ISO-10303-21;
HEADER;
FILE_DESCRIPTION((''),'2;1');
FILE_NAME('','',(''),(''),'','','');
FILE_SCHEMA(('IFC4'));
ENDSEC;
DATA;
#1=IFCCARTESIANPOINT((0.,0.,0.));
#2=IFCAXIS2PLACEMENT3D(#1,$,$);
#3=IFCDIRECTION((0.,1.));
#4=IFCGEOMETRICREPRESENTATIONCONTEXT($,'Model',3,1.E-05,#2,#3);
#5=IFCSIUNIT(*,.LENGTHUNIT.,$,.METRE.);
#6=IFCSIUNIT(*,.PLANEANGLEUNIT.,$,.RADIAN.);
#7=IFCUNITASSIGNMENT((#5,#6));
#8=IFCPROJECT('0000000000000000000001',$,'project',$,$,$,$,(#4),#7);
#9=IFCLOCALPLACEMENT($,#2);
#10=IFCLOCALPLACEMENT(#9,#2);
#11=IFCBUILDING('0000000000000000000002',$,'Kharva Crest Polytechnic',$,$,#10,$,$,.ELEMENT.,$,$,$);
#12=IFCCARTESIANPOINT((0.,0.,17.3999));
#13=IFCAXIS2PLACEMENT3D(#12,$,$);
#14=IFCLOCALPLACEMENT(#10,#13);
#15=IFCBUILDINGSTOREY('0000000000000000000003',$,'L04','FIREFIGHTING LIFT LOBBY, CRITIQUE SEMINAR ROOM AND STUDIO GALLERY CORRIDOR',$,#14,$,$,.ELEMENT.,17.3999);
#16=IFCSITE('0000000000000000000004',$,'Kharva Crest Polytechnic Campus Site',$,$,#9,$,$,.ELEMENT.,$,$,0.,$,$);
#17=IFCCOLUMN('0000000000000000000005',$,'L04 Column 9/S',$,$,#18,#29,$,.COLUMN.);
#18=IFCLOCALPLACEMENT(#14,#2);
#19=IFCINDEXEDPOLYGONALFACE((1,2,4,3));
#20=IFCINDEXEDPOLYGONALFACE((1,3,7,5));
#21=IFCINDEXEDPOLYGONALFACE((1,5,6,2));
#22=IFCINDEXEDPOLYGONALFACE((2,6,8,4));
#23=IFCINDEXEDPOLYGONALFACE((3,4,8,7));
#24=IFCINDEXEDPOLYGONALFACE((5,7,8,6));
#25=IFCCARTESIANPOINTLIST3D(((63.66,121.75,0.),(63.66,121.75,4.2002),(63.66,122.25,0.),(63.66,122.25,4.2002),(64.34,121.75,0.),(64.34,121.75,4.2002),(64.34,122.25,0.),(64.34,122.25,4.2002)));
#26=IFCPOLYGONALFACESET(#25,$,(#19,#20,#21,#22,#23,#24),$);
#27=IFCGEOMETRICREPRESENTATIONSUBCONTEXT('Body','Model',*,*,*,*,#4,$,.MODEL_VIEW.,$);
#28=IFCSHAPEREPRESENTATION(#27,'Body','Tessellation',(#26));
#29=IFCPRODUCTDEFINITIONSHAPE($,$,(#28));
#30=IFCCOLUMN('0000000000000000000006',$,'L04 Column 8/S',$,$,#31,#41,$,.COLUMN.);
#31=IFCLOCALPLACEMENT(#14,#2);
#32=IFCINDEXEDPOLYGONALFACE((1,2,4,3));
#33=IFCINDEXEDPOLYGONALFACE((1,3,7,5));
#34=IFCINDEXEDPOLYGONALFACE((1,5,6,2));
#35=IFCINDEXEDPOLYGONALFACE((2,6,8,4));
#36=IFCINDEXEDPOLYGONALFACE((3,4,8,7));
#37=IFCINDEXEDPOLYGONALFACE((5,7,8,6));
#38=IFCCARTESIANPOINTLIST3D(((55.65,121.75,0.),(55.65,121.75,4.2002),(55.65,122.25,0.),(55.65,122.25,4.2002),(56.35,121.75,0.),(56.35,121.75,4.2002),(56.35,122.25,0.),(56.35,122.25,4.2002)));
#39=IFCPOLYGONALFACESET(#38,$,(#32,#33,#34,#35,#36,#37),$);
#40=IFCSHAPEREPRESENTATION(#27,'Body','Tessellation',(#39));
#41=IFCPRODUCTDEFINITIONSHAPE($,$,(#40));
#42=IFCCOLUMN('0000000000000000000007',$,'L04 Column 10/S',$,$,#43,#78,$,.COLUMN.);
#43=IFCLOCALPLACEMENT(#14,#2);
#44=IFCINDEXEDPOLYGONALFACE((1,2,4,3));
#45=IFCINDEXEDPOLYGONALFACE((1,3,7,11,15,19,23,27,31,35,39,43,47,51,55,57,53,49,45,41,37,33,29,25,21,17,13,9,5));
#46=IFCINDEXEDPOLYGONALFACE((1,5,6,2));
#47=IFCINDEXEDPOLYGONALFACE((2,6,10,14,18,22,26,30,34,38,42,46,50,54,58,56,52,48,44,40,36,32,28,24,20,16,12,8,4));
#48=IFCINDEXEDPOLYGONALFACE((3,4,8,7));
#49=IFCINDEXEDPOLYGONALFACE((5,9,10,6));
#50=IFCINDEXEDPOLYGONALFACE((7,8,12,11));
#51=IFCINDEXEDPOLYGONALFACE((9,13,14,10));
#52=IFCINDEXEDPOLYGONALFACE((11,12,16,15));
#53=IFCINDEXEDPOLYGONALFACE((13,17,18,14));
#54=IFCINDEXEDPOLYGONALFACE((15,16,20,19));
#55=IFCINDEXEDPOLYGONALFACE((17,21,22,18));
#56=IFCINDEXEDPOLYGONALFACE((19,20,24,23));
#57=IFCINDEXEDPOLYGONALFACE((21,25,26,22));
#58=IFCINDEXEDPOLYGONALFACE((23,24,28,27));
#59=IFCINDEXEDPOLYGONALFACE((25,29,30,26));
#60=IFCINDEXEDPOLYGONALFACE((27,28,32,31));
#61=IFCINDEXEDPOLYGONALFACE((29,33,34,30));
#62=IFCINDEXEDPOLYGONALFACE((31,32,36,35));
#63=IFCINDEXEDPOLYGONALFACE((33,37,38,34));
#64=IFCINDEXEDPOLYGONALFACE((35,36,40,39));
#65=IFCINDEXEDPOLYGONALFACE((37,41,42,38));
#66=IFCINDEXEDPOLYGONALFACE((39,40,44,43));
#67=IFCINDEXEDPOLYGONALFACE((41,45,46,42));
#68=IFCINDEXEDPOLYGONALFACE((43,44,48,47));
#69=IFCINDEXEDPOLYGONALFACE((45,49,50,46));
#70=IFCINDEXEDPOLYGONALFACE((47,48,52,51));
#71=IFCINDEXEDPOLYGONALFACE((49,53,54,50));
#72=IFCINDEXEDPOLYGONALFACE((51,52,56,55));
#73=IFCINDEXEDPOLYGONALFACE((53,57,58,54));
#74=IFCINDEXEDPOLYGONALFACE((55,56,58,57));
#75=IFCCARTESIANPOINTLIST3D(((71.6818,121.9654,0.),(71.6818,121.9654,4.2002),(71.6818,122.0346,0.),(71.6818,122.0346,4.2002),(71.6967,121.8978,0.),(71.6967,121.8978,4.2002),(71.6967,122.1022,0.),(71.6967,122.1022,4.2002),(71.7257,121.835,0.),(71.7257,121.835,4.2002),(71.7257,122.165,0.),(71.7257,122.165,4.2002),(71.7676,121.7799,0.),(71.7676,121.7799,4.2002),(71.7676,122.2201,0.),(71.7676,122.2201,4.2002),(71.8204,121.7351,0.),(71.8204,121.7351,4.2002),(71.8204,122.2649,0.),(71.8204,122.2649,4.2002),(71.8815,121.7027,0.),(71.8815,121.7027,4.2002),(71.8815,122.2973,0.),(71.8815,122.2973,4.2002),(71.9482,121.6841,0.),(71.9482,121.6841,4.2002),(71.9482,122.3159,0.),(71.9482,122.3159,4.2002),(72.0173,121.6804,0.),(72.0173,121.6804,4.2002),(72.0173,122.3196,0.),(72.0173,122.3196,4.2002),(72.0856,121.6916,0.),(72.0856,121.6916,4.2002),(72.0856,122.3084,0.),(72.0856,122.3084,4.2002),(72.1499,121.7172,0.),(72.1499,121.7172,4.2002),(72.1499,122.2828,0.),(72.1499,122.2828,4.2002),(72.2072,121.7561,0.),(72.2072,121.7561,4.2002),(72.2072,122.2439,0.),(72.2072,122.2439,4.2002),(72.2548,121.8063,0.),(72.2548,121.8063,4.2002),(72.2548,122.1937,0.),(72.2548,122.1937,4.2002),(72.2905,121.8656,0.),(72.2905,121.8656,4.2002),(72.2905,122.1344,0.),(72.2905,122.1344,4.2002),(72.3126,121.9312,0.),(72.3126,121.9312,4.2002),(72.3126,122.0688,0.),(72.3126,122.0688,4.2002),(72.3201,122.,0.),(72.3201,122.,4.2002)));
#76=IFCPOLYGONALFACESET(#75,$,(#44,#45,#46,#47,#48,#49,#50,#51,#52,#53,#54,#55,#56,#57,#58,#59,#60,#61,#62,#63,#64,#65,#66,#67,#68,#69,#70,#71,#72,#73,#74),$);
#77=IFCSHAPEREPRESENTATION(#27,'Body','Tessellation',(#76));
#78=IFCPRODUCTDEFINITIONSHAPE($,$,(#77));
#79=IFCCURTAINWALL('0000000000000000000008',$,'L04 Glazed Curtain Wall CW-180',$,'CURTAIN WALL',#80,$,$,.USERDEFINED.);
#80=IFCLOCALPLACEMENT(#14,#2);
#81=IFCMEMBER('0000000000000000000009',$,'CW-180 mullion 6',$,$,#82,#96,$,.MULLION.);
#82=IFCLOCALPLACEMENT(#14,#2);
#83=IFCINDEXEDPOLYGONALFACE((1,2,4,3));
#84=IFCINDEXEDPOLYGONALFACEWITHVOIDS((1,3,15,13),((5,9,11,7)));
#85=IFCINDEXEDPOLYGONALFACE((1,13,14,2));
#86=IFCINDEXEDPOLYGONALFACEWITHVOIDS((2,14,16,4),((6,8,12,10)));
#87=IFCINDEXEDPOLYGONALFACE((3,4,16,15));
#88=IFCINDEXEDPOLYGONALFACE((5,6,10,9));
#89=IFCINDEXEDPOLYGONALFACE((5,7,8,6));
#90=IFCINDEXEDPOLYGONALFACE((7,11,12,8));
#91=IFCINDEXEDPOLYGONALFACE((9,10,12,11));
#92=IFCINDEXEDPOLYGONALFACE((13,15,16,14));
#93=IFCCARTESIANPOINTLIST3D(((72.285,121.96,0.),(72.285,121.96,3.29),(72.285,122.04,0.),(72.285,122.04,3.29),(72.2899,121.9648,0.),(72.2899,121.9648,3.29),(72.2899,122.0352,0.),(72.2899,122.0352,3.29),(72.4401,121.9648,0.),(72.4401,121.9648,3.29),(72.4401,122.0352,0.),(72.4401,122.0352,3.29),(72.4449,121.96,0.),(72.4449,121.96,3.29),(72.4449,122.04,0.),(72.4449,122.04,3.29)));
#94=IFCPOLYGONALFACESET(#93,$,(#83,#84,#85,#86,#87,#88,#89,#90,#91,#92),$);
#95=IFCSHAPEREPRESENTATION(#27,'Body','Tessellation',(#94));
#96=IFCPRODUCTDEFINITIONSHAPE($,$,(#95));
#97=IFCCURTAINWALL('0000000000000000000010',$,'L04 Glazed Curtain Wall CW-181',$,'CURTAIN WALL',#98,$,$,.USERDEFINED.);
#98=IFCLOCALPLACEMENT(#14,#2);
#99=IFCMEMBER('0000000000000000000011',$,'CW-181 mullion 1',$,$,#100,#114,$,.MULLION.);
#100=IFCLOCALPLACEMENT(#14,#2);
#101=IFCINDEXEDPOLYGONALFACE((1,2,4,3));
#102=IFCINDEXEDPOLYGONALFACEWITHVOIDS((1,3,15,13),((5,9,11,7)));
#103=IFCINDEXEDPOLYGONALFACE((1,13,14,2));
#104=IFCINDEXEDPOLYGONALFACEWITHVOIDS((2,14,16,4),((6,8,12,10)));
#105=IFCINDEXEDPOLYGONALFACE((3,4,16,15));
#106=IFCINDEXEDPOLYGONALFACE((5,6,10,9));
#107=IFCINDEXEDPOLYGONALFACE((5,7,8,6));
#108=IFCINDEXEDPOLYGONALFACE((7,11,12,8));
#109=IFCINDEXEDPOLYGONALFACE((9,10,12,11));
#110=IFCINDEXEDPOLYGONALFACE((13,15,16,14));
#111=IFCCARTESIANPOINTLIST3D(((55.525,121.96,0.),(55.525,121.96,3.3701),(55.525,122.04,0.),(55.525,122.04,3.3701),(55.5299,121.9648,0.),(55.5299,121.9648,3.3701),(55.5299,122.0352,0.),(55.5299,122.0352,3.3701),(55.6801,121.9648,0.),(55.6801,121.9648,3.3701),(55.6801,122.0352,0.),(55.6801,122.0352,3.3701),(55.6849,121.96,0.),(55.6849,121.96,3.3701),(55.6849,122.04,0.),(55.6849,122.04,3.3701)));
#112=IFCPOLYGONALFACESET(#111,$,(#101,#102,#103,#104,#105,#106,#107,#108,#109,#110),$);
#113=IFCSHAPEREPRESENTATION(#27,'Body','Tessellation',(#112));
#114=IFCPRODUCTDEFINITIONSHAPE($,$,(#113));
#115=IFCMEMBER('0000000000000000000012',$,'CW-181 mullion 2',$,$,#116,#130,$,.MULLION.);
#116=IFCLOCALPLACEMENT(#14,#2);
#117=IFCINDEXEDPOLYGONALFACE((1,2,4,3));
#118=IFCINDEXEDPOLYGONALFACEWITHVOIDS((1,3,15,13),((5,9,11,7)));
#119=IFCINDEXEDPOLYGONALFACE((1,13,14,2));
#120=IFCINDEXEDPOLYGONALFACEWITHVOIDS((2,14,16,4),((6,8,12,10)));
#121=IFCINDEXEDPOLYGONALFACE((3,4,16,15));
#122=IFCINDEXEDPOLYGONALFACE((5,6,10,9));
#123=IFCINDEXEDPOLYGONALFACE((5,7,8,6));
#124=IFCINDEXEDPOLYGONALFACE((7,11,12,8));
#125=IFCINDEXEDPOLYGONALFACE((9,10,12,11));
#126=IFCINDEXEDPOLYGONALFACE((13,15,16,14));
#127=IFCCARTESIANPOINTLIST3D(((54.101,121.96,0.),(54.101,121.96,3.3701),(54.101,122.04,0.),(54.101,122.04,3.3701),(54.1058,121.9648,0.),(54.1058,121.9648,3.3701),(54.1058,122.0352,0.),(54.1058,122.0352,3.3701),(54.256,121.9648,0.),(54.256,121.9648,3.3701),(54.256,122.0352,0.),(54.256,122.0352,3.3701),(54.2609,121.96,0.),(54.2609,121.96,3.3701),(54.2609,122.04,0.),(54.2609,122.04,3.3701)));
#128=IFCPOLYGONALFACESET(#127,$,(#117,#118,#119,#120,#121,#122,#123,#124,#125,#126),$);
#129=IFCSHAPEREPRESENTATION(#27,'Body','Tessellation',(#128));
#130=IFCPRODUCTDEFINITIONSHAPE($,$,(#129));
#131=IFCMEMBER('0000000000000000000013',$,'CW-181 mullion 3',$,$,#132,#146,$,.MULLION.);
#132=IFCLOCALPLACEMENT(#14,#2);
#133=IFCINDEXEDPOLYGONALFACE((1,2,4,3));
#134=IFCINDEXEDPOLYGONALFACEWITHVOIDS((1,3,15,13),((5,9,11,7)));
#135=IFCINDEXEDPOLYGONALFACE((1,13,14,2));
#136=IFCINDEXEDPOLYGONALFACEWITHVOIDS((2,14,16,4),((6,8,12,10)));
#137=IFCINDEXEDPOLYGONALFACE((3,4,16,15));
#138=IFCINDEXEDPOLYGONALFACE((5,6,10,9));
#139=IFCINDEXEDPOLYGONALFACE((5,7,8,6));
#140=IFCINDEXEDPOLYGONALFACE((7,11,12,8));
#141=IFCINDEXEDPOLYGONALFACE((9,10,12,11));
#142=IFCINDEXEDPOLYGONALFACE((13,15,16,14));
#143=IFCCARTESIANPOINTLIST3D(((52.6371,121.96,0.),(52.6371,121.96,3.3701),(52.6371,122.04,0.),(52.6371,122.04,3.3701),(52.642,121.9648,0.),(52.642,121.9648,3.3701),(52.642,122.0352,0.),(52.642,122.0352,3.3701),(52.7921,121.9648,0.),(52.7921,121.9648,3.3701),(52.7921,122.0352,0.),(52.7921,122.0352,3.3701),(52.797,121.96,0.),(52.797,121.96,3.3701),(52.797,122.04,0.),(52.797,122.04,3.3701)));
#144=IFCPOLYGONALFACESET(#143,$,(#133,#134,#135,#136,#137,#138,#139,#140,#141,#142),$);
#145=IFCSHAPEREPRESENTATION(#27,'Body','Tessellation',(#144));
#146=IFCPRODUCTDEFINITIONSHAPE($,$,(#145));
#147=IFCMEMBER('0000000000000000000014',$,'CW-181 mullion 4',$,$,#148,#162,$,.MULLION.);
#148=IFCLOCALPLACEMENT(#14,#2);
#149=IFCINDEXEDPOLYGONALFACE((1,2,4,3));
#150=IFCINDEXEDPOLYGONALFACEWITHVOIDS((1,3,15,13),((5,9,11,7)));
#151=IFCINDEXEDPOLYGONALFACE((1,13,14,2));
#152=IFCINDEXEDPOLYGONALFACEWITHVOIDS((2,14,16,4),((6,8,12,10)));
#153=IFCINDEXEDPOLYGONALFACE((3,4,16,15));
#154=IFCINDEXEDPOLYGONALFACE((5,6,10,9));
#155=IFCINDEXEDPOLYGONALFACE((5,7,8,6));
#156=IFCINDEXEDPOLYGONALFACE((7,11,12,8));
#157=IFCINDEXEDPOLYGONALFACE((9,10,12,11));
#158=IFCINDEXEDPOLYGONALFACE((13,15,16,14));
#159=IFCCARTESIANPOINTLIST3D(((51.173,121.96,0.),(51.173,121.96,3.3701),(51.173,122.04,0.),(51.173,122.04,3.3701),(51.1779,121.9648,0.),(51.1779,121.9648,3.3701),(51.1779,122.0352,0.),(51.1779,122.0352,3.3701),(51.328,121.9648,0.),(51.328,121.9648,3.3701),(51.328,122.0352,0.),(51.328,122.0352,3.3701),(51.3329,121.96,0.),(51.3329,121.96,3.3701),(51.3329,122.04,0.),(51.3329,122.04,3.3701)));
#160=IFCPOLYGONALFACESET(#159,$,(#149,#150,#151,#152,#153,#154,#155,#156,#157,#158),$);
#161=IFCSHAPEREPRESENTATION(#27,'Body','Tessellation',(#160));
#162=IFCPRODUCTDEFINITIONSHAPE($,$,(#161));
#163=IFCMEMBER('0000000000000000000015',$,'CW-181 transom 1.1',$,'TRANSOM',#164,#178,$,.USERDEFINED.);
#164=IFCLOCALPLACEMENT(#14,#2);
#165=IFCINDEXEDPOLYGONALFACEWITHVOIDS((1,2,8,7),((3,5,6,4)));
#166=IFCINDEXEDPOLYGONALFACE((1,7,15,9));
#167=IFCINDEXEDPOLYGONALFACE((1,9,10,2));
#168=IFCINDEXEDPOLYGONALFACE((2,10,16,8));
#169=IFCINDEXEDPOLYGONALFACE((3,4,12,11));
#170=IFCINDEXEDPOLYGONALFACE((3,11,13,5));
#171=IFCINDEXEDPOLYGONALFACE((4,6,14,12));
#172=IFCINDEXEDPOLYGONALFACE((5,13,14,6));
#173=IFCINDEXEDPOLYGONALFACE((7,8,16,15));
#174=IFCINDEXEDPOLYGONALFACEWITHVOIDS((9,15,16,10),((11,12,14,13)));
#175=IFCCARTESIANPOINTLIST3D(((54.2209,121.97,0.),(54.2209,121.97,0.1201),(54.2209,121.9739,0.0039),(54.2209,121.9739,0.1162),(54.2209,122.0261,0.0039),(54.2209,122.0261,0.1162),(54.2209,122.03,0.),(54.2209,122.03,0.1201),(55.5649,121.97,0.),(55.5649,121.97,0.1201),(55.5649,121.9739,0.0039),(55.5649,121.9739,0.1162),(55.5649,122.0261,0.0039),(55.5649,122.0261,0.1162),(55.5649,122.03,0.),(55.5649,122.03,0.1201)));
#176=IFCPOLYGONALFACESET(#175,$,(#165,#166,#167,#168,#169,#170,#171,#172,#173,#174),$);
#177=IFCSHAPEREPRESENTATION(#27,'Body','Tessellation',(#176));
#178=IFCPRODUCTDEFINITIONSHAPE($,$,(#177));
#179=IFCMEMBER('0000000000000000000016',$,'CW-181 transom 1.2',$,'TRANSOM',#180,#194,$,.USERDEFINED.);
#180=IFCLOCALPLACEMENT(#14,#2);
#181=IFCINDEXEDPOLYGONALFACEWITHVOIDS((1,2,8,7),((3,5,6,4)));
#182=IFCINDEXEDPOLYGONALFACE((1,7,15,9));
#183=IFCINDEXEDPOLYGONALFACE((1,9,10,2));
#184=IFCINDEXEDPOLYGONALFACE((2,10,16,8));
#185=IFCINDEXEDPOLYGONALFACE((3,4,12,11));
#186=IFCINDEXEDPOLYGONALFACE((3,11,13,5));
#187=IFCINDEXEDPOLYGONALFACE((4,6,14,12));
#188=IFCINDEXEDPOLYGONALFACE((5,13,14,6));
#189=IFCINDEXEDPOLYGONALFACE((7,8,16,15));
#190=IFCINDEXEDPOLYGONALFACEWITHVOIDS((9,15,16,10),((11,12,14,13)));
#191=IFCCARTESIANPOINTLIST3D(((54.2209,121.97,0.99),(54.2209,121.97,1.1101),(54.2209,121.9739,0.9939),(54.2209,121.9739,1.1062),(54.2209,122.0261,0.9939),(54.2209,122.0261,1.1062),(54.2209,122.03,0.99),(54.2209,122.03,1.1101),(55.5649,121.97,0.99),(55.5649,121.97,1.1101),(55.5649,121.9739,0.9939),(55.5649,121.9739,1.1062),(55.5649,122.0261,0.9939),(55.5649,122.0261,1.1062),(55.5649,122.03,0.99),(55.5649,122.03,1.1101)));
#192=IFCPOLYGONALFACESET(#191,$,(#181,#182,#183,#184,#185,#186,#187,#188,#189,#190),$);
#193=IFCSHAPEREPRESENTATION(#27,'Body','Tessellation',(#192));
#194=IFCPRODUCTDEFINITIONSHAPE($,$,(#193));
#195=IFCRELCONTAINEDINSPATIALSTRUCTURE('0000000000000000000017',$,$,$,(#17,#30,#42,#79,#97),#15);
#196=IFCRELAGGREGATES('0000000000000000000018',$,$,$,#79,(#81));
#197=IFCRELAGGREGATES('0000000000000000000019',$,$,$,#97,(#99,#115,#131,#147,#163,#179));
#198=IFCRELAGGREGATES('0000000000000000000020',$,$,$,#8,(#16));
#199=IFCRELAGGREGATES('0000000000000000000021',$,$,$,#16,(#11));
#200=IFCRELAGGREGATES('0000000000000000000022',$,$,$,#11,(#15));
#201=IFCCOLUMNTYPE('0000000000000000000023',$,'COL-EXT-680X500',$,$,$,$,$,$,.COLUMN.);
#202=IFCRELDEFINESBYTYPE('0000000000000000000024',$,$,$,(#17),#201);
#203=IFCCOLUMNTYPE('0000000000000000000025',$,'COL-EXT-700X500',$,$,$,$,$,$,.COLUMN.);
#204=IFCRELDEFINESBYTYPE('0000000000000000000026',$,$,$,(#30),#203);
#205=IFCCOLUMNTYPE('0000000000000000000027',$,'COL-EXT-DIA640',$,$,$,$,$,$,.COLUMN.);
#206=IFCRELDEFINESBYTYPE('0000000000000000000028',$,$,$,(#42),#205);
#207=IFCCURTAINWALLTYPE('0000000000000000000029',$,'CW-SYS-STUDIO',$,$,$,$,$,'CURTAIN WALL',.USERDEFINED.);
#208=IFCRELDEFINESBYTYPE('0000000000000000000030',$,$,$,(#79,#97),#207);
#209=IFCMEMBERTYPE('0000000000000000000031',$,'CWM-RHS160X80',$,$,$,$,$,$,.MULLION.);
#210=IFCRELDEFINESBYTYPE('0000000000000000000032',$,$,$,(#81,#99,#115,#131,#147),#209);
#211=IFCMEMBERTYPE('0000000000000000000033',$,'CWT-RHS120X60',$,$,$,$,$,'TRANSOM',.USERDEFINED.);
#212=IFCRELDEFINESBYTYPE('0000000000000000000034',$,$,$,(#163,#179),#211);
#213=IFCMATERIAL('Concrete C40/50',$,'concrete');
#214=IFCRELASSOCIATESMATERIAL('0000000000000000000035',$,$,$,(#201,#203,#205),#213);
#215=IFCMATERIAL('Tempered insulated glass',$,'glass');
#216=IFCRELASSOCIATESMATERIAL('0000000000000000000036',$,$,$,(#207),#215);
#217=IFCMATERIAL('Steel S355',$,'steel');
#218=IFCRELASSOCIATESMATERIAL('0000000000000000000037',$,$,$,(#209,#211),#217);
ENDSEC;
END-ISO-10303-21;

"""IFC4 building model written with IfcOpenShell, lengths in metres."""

from ifc_helpers import new_model, si_unit, direction, frame, origin, origin_2d, place, context, subcontext, project, spatial, rectangle, hollow_rectangle, circle, extrude, material, material_profile, profile_set, type_object, element, aggregate, save


model = new_model("IFC4")

# Units and contexts
model_context = context("Model", 3, precision=1e-05, world=origin(), true_north=direction((0.0, 1.0)))
body_context = subcontext(model_context, "Body", "Model", "MODEL_VIEW")
ifc_project = project(units=[si_unit("LENGTHUNIT", "METRE"), si_unit("PLANEANGLEUNIT", "RADIAN")], contexts=[model_context])

# Site, building, storey
site_placement = place(None, origin())
site = spatial("IfcSite", under=ifc_project, at=site_placement, Name="Kharva Crest Polytechnic Campus Site", CompositionType="ELEMENT", RefElevation=0.0)
building_placement = place(site_placement, origin())
building = spatial("IfcBuilding", under=site, at=building_placement, Name="Kharva Crest Polytechnic", CompositionType="ELEMENT")
storey_placement = place(building_placement, frame((0.0, 0.0, 17.3999)))
storey = spatial("IfcBuildingStorey", under=building, at=storey_placement, Name="L04", Description="FIREFIGHTING LIFT LOBBY, CRITIQUE SEMINAR ROOM AND STUDIO GALLERY CORRIDOR", CompositionType="ELEMENT", Elevation=17.3999)

# Columns
ifc_material_1 = material(Name="Concrete C40/50", Category="concrete")
ifc_material_profile_1 = material_profile(ifc_material_1, rectangle(XDim=0.6799, YDim=0.5, at=origin_2d()), Name="RECT 680 X 500")
ifc_profile_set_1 = profile_set([ifc_material_profile_1], Name="Concrete C40/50")
column_type_1 = type_object("IfcColumnType", Name="COL-EXT-680X500", PredefinedType="COLUMN", material=ifc_profile_set_1)
column_1_placement = place(storey_placement, frame((64.0, 122.0, 0.0), z_axis=(0.0, 0.0, 1.0), x_axis=(1.0, 0.0, 0.0)))
element("IfcColumn", 1, at=column_1_placement, inside=storey, type_object=column_type_1, Name="L04 Column 9/S", PredefinedType="COLUMN", context=body_context, shape_type="SweptSolid", body=[
    extrude(rectangle(XDim=0.6799, YDim=0.5, at=origin_2d()), origin(), (0.0, 0.0, 1.0), 4.2002),
])
ifc_material_profile_2 = material_profile(ifc_material_1, rectangle(XDim=0.7, YDim=0.5, at=origin_2d()), Name="RECT 700 X 500")
ifc_profile_set_2 = profile_set([ifc_material_profile_2], Name="Concrete C40/50")
column_type_2 = type_object("IfcColumnType", Name="COL-EXT-700X500", PredefinedType="COLUMN", material=ifc_profile_set_2)
column_2_placement = place(storey_placement, frame((56.0, 122.0, 0.0), z_axis=(0.0, 0.0, 1.0), x_axis=(1.0, 0.0, 0.0)))
element("IfcColumn", 2, at=column_2_placement, inside=storey, type_object=column_type_2, Name="L04 Column 8/S", PredefinedType="COLUMN", context=body_context, shape_type="SweptSolid", body=[
    extrude(rectangle(XDim=0.7, YDim=0.5, at=origin_2d()), origin(), (0.0, 0.0, 1.0), 4.2002),
])
ifc_material_profile_3 = material_profile(ifc_material_1, circle(Radius=0.3201, at=origin_2d()), Name="DIA 640")
ifc_profile_set_3 = profile_set([ifc_material_profile_3], Name="Concrete C40/50")
column_type_3 = type_object("IfcColumnType", Name="COL-EXT-DIA640", PredefinedType="COLUMN", material=ifc_profile_set_3)
column_3_placement = place(storey_placement, frame((72.0, 122.0, 0.0), z_axis=(0.0, 0.0, 1.0), x_axis=(1.0, 0.0, 0.0)))
element("IfcColumn", 3, at=column_3_placement, inside=storey, type_object=column_type_3, Name="L04 Column 10/S", PredefinedType="COLUMN", context=body_context, shape_type="SweptSolid", body=[
    extrude(circle(Radius=0.3201, at=origin_2d()), origin(), (0.0, 0.0, 1.0), 4.2002),
])

# Curtain wall, member
ifc_material_2 = material(Name="Tempered insulated glass", Category="glass")
curtain_wall_type = type_object("IfcCurtainWallType", Name="CW-SYS-STUDIO", ElementType="CURTAIN WALL", PredefinedType="USERDEFINED", material=ifc_material_2)
curtain_wall_1_placement = place(storey_placement, origin())
curtain_wall_1 = element("IfcCurtainWall", 4, at=curtain_wall_1_placement, inside=storey, type_object=curtain_wall_type, Name="L04 Glazed Curtain Wall CW-180", ObjectType="CURTAIN WALL", PredefinedType="USERDEFINED")
ifc_material_3 = material(Name="Steel S355", Category="steel")
ifc_material_profile_4 = material_profile(ifc_material_3, hollow_rectangle(XDim=0.0801, YDim=0.1599, WallThickness=0.0049, at=origin_2d()), Name="RHS 160X80X5.0")
ifc_profile_set_4 = profile_set([ifc_material_profile_4], Name="Steel S355")
member_type_1 = type_object("IfcMemberType", Name="CWM-RHS160X80", PredefinedType="MULLION", material=ifc_profile_set_4)
member_1_placement = place(storey_placement, frame((72.365, 122.0, 0.0), z_axis=(0.0, 0.0, 1.0), x_axis=(0.0, -1.0, 0.0)))
member_1 = element("IfcMember", 5, at=member_1_placement, type_object=member_type_1, Name="CW-180 mullion 6", PredefinedType="MULLION", context=body_context, shape_type="SweptSolid", body=[
    extrude(hollow_rectangle(XDim=0.0801, YDim=0.1599, WallThickness=0.0049, at=origin_2d()), origin(), (0.0, 0.0, 1.0), 3.29),
])

# Curtain wall, members
curtain_wall_2_placement = place(storey_placement, origin())
curtain_wall_2 = element("IfcCurtainWall", 6, at=curtain_wall_2_placement, inside=storey, type_object=curtain_wall_type, Name="L04 Glazed Curtain Wall CW-181", ObjectType="CURTAIN WALL", PredefinedType="USERDEFINED")
member_2_placement = place(storey_placement, frame((55.605, 122.0, 0.0), z_axis=(0.0, 0.0, 1.0), x_axis=(0.0, -1.0, 0.0)))
member_2 = element("IfcMember", 7, at=member_2_placement, type_object=member_type_1, Name="CW-181 mullion 1", PredefinedType="MULLION", context=body_context, shape_type="SweptSolid", body=[
    extrude(hollow_rectangle(XDim=0.0801, YDim=0.1599, WallThickness=0.0049, at=origin_2d()), origin(), (0.0, 0.0, 1.0), 3.3701),
])
member_3_placement = place(storey_placement, frame((54.1809, 122.0, 0.0), z_axis=(0.0, 0.0, 1.0), x_axis=(0.0, -1.0, 0.0)))
member_3 = element("IfcMember", 8, at=member_3_placement, type_object=member_type_1, Name="CW-181 mullion 2", PredefinedType="MULLION", context=body_context, shape_type="SweptSolid", body=[
    extrude(hollow_rectangle(XDim=0.0801, YDim=0.1599, WallThickness=0.0049, at=origin_2d()), origin(), (0.0, 0.0, 1.0), 3.3701),
])
member_4_placement = place(storey_placement, frame((52.717, 122.0, 0.0), z_axis=(0.0, 0.0, 1.0), x_axis=(0.0, -1.0, 0.0)))
member_4 = element("IfcMember", 9, at=member_4_placement, type_object=member_type_1, Name="CW-181 mullion 3", PredefinedType="MULLION", context=body_context, shape_type="SweptSolid", body=[
    extrude(hollow_rectangle(XDim=0.0801, YDim=0.1599, WallThickness=0.0049, at=origin_2d()), origin(), (0.0, 0.0, 1.0), 3.3701),
])
member_5_placement = place(storey_placement, frame((51.2529, 122.0, 0.0), z_axis=(0.0, 0.0, 1.0), x_axis=(0.0, -1.0, 0.0)))
member_5 = element("IfcMember", 10, at=member_5_placement, type_object=member_type_1, Name="CW-181 mullion 4", PredefinedType="MULLION", context=body_context, shape_type="SweptSolid", body=[
    extrude(hollow_rectangle(XDim=0.0801, YDim=0.1599, WallThickness=0.0049, at=origin_2d()), origin(), (0.0, 0.0, 1.0), 3.3701),
])
ifc_material_profile_5 = material_profile(ifc_material_3, hollow_rectangle(XDim=0.0601, YDim=0.1201, WallThickness=0.0039, at=origin_2d()), Name="RHS 120X60X4.0")
ifc_profile_set_5 = profile_set([ifc_material_profile_5], Name="Steel S355")
member_type_2 = type_object("IfcMemberType", Name="CWT-RHS120X60", ElementType="TRANSOM", PredefinedType="USERDEFINED", material=ifc_profile_set_5)
member_6_placement = place(storey_placement, frame((55.5649, 122.0, 0.0601), z_axis=(-1.0, 0.0, 0.0), x_axis=(0.0, -1.0, 0.0)))
member_6 = element("IfcMember", 11, at=member_6_placement, type_object=member_type_2, Name="CW-181 transom 1.1", ObjectType="TRANSOM", PredefinedType="USERDEFINED", context=body_context, shape_type="SweptSolid", body=[
    extrude(hollow_rectangle(XDim=0.0601, YDim=0.1201, WallThickness=0.0039, at=origin_2d()), origin(), (0.0, 0.0, 1.0), 1.344),
])
member_7_placement = place(storey_placement, frame((55.5649, 122.0, 1.05), z_axis=(-1.0, 0.0, 0.0), x_axis=(0.0, -1.0, 0.0)))
member_7 = element("IfcMember", 12, at=member_7_placement, type_object=member_type_2, Name="CW-181 transom 1.2", ObjectType="TRANSOM", PredefinedType="USERDEFINED", context=body_context, shape_type="SweptSolid", body=[
    extrude(hollow_rectangle(XDim=0.0601, YDim=0.1201, WallThickness=0.0039, at=origin_2d()), origin(), (0.0, 0.0, 1.0), 1.344),
])

aggregate(curtain_wall_1, [member_1])
aggregate(curtain_wall_2, [member_2, member_3, member_4, member_5, member_6, member_7])

save(model, "model.ifc")
